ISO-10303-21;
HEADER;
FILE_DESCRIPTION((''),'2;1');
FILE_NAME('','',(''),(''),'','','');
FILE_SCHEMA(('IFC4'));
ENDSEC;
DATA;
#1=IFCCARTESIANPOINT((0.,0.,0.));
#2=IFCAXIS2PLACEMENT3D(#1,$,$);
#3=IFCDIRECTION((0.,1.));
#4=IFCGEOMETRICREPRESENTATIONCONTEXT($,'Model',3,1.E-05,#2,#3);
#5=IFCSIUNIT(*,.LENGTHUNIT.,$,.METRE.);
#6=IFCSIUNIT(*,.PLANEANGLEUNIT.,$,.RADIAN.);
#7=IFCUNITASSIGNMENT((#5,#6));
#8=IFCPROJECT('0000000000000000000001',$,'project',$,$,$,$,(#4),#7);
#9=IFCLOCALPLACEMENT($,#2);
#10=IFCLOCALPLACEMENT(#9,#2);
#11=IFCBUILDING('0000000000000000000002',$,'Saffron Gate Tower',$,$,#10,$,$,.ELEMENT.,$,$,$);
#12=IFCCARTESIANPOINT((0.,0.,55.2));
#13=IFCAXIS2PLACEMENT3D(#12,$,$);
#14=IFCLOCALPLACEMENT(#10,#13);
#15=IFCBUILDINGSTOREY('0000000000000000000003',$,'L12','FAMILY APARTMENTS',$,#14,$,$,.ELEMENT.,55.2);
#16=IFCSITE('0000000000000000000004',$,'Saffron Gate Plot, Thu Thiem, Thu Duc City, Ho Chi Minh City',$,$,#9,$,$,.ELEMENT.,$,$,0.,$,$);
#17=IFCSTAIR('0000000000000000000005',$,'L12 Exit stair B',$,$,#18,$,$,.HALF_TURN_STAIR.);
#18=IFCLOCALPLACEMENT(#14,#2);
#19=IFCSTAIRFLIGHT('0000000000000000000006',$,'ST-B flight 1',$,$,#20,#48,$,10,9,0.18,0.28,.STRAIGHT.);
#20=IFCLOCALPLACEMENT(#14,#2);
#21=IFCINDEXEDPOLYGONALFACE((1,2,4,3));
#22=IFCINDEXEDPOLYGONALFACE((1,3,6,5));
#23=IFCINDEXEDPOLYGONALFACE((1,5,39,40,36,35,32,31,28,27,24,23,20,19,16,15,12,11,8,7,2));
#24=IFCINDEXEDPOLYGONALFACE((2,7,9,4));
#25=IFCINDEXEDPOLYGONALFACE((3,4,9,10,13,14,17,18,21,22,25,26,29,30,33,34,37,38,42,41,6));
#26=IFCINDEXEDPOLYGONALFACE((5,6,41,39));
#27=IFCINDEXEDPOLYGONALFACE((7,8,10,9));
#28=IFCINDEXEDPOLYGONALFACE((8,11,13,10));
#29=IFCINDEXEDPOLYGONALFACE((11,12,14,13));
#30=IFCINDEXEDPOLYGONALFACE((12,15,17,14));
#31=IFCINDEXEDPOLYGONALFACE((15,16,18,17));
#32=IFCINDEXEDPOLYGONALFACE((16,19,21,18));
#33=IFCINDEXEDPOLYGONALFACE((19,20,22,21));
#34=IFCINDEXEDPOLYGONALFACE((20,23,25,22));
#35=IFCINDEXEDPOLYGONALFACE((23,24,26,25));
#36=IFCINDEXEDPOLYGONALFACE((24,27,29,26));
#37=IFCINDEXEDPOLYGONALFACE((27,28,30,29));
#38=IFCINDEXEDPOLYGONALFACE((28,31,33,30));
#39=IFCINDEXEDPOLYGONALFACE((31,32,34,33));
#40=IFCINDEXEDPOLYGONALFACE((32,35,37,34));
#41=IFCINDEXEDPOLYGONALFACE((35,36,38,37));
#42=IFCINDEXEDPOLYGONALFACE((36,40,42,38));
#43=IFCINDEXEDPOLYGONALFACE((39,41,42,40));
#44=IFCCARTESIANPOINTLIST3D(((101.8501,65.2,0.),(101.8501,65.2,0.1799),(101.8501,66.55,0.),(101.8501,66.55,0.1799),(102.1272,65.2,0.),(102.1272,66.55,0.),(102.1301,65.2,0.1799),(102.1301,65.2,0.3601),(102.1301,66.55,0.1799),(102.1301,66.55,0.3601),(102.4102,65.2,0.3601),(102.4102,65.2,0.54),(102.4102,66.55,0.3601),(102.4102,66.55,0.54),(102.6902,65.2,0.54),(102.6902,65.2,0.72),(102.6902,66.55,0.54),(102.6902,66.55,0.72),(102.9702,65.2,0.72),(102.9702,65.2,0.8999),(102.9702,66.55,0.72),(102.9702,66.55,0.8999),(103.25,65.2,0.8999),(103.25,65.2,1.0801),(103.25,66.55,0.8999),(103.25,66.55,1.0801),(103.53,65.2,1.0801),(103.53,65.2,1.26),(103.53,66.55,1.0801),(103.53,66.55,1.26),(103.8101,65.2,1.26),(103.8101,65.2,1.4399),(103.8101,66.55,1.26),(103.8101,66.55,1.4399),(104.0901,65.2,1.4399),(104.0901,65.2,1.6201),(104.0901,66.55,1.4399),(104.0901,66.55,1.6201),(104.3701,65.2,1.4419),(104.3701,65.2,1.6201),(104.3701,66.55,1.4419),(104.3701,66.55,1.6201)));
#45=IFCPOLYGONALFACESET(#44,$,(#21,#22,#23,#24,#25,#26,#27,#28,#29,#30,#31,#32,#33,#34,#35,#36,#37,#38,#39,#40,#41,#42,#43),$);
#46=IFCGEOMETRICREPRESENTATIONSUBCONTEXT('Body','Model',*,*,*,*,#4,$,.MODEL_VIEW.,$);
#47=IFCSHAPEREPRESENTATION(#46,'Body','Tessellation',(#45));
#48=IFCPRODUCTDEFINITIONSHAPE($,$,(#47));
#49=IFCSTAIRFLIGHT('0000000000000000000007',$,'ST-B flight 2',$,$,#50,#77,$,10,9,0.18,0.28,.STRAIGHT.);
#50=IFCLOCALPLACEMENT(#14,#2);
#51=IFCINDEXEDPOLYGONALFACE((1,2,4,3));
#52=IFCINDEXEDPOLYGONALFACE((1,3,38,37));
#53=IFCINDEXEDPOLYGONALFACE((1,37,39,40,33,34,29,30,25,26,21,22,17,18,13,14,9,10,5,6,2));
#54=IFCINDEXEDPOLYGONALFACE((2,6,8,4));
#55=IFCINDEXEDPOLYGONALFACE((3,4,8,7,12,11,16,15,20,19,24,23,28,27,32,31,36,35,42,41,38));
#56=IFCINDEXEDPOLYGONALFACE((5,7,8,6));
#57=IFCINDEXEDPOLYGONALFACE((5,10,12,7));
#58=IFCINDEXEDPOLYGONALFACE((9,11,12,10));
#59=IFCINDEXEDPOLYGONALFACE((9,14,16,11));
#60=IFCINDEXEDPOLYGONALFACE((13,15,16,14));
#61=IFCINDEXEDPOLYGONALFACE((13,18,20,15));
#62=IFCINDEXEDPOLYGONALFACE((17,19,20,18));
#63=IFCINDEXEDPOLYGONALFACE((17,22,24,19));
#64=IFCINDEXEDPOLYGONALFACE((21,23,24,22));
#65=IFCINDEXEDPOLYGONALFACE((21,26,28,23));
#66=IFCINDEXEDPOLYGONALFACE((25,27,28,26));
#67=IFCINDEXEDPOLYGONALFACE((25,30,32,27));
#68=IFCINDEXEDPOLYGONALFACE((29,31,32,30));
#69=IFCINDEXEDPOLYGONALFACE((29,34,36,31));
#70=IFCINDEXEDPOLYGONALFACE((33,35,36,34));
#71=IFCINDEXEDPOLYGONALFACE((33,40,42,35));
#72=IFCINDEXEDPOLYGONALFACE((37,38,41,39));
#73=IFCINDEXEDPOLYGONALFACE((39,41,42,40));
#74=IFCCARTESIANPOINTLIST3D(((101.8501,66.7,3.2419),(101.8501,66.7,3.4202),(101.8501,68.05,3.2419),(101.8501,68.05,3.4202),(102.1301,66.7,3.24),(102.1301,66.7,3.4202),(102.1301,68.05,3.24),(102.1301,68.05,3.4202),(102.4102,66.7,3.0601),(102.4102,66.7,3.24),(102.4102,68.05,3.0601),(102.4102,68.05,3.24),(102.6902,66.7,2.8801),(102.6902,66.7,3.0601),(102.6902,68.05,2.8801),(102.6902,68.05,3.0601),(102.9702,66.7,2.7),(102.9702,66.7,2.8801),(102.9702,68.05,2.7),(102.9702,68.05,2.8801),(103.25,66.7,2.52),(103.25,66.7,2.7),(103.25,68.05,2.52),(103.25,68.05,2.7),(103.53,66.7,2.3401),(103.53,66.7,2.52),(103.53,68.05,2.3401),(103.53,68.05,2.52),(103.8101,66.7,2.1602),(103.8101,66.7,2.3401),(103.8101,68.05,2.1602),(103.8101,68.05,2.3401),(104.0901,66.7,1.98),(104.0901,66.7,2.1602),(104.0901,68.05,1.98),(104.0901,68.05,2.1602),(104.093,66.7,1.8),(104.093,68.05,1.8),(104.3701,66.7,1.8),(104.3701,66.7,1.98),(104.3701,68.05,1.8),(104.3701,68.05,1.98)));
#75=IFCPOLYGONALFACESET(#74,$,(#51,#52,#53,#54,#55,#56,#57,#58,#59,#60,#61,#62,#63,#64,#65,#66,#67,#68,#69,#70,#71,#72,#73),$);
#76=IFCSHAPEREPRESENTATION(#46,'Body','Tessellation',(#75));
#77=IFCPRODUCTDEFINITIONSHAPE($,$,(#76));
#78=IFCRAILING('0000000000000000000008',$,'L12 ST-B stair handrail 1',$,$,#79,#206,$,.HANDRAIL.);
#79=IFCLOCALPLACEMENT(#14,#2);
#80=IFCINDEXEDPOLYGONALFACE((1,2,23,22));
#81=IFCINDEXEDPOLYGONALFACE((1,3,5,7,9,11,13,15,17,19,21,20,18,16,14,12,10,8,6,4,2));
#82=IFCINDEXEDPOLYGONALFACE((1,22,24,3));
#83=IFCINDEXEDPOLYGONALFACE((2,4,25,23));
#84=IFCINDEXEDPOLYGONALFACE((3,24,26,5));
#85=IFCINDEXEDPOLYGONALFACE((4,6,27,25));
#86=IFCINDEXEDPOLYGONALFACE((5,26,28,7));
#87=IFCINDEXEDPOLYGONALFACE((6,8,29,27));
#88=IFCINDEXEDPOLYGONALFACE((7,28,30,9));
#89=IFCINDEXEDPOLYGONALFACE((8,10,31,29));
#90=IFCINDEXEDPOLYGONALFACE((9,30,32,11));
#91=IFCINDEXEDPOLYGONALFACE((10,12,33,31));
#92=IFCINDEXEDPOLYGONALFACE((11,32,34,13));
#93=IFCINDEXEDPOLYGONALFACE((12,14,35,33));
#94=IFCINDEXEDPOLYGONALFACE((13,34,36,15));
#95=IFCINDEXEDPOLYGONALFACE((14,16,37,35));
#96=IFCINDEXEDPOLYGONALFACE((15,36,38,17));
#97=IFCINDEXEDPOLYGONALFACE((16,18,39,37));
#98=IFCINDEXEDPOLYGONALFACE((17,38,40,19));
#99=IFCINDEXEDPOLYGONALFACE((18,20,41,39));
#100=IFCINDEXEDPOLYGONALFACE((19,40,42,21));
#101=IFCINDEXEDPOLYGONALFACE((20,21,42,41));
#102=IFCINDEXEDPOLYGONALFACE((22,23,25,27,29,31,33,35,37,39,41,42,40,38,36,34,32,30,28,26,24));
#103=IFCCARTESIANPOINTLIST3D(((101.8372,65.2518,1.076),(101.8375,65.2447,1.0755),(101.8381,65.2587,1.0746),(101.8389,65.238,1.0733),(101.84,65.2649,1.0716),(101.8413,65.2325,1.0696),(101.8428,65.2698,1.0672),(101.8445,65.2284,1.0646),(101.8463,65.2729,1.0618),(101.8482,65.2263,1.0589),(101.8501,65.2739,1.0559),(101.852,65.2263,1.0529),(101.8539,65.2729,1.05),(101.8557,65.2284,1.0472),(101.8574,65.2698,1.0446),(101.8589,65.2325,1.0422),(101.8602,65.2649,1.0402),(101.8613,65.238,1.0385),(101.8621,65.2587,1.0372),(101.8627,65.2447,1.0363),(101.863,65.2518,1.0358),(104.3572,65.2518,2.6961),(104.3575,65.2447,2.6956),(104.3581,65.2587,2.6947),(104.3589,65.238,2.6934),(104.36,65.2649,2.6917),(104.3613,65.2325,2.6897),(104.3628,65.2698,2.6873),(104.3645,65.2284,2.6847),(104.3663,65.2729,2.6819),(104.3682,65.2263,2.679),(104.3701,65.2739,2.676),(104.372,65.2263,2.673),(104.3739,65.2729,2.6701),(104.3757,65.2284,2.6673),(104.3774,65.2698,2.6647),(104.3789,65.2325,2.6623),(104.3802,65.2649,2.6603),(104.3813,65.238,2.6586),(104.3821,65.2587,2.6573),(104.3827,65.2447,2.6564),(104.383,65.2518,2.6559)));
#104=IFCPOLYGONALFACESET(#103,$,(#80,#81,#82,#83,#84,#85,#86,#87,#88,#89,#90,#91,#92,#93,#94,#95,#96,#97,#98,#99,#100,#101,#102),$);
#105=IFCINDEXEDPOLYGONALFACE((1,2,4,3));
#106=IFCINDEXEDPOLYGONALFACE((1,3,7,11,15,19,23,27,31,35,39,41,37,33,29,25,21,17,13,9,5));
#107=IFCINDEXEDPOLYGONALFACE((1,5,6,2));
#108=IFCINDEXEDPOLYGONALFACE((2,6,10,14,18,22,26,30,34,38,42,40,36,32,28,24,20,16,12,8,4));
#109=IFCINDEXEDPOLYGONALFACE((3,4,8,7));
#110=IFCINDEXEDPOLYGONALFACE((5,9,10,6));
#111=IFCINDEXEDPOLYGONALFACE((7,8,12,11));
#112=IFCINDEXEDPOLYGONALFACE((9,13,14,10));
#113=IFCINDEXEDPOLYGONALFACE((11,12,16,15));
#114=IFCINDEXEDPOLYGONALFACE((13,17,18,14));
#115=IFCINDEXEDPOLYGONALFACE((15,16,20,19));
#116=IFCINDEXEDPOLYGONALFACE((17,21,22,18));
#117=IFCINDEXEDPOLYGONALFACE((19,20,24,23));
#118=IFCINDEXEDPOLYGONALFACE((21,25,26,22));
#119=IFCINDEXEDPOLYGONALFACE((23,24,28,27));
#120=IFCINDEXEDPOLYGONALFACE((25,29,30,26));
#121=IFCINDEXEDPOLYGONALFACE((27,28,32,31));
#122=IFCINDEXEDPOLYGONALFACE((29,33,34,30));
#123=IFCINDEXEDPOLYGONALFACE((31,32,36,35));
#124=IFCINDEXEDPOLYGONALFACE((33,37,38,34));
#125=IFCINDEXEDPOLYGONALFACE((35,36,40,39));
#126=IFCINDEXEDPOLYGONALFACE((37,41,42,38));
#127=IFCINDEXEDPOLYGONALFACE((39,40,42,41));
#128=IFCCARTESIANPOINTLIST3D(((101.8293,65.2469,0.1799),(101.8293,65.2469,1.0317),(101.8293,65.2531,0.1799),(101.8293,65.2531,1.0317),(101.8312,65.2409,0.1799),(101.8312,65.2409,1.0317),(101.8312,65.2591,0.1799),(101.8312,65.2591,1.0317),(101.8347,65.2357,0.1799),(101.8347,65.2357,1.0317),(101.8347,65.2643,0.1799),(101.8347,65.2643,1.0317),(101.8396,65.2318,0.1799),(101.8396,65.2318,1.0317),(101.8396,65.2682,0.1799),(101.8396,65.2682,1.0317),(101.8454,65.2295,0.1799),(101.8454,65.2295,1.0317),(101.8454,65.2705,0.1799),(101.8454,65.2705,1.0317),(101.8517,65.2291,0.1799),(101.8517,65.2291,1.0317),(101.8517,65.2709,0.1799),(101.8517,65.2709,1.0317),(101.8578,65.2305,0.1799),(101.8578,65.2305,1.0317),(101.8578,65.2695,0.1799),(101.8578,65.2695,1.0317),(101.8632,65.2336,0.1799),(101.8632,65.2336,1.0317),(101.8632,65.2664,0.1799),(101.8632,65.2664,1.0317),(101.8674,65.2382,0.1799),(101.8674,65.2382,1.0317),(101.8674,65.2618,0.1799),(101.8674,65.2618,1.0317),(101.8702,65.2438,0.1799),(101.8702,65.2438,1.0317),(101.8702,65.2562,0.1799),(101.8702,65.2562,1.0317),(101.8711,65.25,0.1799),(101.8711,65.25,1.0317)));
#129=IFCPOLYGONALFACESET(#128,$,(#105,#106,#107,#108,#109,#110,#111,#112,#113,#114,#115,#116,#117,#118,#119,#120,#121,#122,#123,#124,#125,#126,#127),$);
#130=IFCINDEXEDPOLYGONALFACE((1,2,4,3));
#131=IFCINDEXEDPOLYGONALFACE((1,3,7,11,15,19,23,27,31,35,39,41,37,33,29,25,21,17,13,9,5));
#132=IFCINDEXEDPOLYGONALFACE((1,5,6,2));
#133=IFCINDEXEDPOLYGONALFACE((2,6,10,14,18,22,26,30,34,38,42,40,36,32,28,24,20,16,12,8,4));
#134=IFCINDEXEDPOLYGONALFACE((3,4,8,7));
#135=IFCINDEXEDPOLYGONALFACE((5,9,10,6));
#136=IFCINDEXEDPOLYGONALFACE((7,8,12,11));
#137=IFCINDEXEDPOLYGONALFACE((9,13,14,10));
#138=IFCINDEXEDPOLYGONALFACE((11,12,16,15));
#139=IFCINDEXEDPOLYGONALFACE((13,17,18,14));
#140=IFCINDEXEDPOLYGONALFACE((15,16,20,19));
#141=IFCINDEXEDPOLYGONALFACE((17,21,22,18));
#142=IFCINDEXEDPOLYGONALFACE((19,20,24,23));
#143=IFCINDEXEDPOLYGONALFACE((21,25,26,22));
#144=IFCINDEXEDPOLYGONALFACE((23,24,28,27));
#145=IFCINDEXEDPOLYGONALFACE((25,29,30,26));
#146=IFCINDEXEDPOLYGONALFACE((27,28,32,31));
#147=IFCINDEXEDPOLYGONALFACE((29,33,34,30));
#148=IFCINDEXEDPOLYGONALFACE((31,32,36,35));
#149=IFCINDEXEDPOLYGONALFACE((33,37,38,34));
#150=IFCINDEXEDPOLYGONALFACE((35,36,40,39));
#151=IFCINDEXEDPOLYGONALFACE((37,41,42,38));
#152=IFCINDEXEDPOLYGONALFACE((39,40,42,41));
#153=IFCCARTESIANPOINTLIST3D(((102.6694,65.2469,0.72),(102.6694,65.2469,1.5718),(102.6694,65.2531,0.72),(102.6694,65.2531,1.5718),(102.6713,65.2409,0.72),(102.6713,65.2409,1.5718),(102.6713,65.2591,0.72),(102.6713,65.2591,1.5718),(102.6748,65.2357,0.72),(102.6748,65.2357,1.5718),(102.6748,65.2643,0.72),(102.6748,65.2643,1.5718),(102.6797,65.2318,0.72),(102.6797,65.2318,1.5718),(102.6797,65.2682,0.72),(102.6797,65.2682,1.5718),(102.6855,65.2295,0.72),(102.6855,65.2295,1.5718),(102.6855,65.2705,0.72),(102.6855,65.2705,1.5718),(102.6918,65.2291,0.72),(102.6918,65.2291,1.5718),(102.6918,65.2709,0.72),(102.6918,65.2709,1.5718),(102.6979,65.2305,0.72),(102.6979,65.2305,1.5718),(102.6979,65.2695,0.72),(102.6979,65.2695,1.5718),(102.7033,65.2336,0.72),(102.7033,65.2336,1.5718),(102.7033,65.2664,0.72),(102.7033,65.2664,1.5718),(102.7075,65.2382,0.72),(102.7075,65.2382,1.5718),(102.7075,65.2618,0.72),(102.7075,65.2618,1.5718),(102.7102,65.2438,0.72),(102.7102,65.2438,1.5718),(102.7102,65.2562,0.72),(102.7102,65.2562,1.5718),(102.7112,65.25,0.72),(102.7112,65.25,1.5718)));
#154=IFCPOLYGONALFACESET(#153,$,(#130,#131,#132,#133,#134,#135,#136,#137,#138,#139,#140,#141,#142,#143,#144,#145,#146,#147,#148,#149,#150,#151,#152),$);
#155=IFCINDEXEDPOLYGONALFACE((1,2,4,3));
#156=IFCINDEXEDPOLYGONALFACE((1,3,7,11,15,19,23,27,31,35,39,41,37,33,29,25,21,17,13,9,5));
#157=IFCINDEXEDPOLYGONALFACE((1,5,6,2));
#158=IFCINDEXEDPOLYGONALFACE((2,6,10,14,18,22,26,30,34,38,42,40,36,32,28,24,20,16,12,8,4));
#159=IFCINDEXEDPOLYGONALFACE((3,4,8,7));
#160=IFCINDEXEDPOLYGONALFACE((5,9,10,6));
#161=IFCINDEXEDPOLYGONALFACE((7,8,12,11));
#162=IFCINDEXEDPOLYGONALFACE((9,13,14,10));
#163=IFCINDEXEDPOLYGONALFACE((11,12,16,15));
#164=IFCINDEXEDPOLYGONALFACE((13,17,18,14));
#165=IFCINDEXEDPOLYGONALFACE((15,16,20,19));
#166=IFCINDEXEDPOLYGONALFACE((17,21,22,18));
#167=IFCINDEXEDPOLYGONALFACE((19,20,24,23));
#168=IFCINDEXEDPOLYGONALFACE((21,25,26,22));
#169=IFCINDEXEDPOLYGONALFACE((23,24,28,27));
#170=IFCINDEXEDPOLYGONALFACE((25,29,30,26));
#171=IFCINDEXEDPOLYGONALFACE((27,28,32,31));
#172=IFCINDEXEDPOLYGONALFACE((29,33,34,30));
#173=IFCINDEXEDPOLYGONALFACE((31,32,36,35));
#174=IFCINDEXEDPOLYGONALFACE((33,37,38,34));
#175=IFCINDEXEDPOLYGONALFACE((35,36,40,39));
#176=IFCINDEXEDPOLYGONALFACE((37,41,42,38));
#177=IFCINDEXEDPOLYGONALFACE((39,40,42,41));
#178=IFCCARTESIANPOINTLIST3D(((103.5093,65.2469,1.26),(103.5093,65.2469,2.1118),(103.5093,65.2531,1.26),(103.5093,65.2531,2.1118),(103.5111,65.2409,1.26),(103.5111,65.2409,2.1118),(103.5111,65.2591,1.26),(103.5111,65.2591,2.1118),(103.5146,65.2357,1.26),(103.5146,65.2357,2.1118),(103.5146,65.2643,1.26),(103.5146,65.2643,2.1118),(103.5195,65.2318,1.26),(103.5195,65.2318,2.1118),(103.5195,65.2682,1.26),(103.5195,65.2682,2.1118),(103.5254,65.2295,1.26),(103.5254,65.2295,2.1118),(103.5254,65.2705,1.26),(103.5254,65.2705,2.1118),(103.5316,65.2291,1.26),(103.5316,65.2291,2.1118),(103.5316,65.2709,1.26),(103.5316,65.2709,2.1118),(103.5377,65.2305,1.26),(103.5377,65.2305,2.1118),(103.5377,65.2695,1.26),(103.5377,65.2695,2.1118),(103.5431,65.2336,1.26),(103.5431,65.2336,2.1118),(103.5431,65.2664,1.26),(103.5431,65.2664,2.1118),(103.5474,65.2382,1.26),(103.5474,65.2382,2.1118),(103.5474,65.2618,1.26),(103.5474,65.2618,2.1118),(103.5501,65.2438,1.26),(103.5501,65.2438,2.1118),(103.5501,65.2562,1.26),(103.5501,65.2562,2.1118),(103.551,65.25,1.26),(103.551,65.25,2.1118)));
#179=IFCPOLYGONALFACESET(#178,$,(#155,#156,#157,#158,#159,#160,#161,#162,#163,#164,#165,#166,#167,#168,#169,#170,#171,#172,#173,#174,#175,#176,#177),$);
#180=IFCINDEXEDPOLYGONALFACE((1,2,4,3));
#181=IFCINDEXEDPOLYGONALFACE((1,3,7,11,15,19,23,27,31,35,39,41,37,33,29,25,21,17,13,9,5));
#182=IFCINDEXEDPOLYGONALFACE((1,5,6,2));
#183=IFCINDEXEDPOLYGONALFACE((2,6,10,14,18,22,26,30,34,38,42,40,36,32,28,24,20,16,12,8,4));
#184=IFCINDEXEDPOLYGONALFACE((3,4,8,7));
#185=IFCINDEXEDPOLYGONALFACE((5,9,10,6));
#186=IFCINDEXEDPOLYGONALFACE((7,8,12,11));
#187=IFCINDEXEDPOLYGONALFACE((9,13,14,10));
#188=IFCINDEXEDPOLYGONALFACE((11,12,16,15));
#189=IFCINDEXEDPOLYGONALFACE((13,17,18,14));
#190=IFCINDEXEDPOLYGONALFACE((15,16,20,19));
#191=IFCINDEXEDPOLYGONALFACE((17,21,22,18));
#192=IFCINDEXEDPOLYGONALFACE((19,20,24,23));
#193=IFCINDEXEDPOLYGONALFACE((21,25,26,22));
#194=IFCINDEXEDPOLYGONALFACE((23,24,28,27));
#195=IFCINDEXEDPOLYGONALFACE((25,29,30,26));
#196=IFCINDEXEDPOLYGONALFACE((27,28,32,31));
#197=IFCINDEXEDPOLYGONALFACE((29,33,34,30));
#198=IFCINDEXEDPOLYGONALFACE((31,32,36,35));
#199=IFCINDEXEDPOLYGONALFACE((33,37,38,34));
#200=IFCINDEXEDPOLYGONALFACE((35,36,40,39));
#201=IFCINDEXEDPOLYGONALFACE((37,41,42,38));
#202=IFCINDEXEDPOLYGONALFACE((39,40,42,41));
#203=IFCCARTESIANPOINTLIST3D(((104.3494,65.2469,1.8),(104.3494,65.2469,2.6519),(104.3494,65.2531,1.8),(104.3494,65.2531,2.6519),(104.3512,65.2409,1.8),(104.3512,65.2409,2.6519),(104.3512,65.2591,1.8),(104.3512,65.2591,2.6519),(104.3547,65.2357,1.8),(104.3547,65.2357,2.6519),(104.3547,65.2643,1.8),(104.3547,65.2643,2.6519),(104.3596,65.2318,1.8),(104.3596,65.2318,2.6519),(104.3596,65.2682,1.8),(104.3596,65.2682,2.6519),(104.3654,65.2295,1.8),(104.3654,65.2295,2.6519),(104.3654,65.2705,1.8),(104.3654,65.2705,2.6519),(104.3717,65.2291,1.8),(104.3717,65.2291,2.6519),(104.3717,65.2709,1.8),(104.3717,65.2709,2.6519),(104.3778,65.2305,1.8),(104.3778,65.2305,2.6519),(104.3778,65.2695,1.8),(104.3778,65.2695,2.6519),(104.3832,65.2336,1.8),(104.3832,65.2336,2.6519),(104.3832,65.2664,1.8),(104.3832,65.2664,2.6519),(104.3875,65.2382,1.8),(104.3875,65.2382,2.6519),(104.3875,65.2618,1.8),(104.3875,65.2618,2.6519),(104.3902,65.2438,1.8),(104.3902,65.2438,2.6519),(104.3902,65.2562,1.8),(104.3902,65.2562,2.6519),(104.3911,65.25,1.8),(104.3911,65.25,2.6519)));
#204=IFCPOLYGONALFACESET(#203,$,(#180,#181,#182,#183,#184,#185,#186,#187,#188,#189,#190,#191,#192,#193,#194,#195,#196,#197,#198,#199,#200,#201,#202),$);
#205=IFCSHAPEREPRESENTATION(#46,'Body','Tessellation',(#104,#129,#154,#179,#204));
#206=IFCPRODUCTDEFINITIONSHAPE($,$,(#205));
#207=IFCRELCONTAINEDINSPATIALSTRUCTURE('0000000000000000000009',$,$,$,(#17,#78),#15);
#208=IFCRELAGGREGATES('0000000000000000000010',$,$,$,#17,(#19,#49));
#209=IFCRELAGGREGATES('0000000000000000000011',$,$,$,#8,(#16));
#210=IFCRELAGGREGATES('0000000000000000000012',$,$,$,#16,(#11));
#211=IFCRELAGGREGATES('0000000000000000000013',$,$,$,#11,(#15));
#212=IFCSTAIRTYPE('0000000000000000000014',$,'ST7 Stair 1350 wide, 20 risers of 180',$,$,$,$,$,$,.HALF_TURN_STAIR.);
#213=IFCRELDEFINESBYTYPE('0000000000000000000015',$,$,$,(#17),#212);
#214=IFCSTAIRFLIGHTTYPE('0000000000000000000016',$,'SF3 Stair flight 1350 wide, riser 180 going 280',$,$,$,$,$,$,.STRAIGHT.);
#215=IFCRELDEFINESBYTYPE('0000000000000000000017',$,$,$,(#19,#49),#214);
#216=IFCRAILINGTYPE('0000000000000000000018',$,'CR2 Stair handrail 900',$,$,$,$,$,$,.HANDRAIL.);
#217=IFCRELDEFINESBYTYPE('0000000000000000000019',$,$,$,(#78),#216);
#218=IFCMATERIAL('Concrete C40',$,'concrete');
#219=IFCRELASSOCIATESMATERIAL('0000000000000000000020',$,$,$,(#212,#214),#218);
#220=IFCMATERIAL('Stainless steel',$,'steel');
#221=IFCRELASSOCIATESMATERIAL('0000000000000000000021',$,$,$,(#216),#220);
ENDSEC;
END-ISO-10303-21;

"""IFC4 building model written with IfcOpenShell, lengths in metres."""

from ifc_helpers import new_model, si_unit, direction, frame, origin, origin_2d, place, context, subcontext, project, spatial, polyline, circle, outline, extrude, material, type_object, element, aggregate, save


model = new_model("IFC4")

# Units and contexts
model_context = context("Model", 3, precision=1e-05, world=origin(), true_north=direction((0.0, 1.0)))
body_context = subcontext(model_context, "Body", "Model", "MODEL_VIEW")
ifc_project = project(units=[si_unit("LENGTHUNIT", "METRE"), si_unit("PLANEANGLEUNIT", "RADIAN")], contexts=[model_context])

# Site, building, storey
site_placement = place(None, origin())
site = spatial("IfcSite", under=ifc_project, at=site_placement, Name="Saffron Gate Plot, Thu Thiem, Thu Duc City, Ho Chi Minh City", CompositionType="ELEMENT", RefElevation=0.0)
building_placement = place(site_placement, origin())
building = spatial("IfcBuilding", under=site, at=building_placement, Name="Saffron Gate Tower", CompositionType="ELEMENT")
storey_placement = place(building_placement, frame((0.0, 0.0, 55.2)))
storey = spatial("IfcBuildingStorey", under=building, at=storey_placement, Name="L12", Description="FAMILY APARTMENTS", CompositionType="ELEMENT", Elevation=55.2)

# Stair, stair flights
ifc_material_1 = material(Name="Concrete C40", Category="concrete")
stair_type = type_object("IfcStairType", Name="ST7 Stair 1350 wide, 20 risers of 180", PredefinedType="HALF_TURN_STAIR", material=ifc_material_1)
stair_placement = place(storey_placement, origin())
stair = element("IfcStair", 1, at=stair_placement, inside=storey, type_object=stair_type, Name="L12 Exit stair B", PredefinedType="HALF_TURN_STAIR")
stair_flight_type = type_object("IfcStairFlightType", Name="SF3 Stair flight 1350 wide, riser 180 going 280", PredefinedType="STRAIGHT", material=ifc_material_1)
stair_flight_1_placement = place(storey_placement, frame((101.8501, 65.875, 0.0), z_axis=(0.0, 0.0, 1.0), x_axis=(1.0, 0.0, 0.0)))
stair_flight_1 = element("IfcStairFlight", 2, at=stair_flight_1_placement, type_object=stair_flight_type, Name="ST-B flight 1", NumberOfRisers=10, NumberOfTreads=9, PredefinedType="STRAIGHT", RiserHeight=0.18, TreadLength=0.28, context=body_context, shape_type="SweptSolid", body=[
    extrude(outline(polyline([(0.0, 0.0), (0.0, 0.1799), (0.28, 0.1799), (0.28, 0.3601), (0.5601, 0.3601), (0.5601, 0.54), (0.8401, 0.54), (0.8401, 0.72), (1.1201, 0.72), (1.1201, 0.8999), (1.3999, 0.8999), (1.3999, 1.0801), (1.6799, 1.0801), (1.6799, 1.26), (1.96, 1.26), (1.96, 1.4399), (2.24, 1.4399), (2.24, 1.6201), (2.52, 1.6201), (2.52, 1.8), (2.52, 1.4419), (0.2771, 0.0), (0.0, 0.0)])), frame((0.0, 0.675, 0.0), z_axis=(0.0, -1.0, 0.0), x_axis=(1.0, 0.0, 0.0)), (0.0, 0.0, 1.0), 1.3501),
])
stair_flight_2_placement = place(storey_placement, frame((104.3701, 67.375, 1.8), z_axis=(0.0, 0.0, 1.0), x_axis=(-1.0, 0.0, 0.0)))
stair_flight_2 = element("IfcStairFlight", 3, at=stair_flight_2_placement, type_object=stair_flight_type, Name="ST-B flight 2", NumberOfRisers=10, NumberOfTreads=9, PredefinedType="STRAIGHT", RiserHeight=0.18, TreadLength=0.28, context=body_context, shape_type="SweptSolid", body=[
    extrude(outline(polyline([(0.0, 0.0), (0.0, 0.1799), (0.28, 0.1799), (0.28, 0.3601), (0.5601, 0.3601), (0.5601, 0.54), (0.8401, 0.54), (0.8401, 0.72), (1.1201, 0.72), (1.1201, 0.8999), (1.3999, 0.8999), (1.3999, 1.0801), (1.6799, 1.0801), (1.6799, 1.26), (1.96, 1.26), (1.96, 1.4399), (2.24, 1.4399), (2.24, 1.6201), (2.52, 1.6201), (2.52, 1.8), (2.52, 1.4419), (0.2771, 0.0), (0.0, 0.0)])), frame((0.0, 0.675, 0.0), z_axis=(0.0, -1.0, 0.0), x_axis=(1.0, 0.0, 0.0)), (0.0, 0.0, 1.0), 1.3501),
])
aggregate(stair, [stair_flight_1, stair_flight_2])

# Railing
ifc_material_2 = material(Name="Stainless steel", Category="steel")
railing_type_1 = type_object("IfcRailingType", Name="CR2 Stair handrail 900", PredefinedType="HANDRAIL", material=ifc_material_2)
railing_1_placement = place(storey_placement, frame((101.8501, 65.25, 0.1799)))
element("IfcRailing", 4, at=railing_1_placement, inside=storey, type_object=railing_type_1, Name="L12 ST-B stair handrail 1", PredefinedType="HANDRAIL", context=body_context, shape_type="SweptSolid", body=[
    extrude(circle(Radius=0.0239, at=origin_2d()), frame((0.0, 0.0, 0.876), z_axis=(0.841163, 0.0, 0.540782), x_axis=(0.0, 1.0, 0.0)), (0.0, 0.0, 1.0), 2.9958),
    extrude(circle(Radius=0.021, at=origin_2d()), origin(), (0.0, 0.0, 1.0), 0.8518),
    extrude(circle(Radius=0.021, at=origin_2d()), frame((0.8401, 0.0, 0.54)), (0.0, 0.0, 1.0), 0.8518),
    extrude(circle(Radius=0.021, at=origin_2d()), frame((1.6799, 0.0, 1.0801)), (0.0, 0.0, 1.0), 0.8518),
    extrude(circle(Radius=0.021, at=origin_2d()), frame((2.52, 0.0, 1.6201)), (0.0, 0.0, 1.0), 0.8518),
])

save(model, "model.ifc")
